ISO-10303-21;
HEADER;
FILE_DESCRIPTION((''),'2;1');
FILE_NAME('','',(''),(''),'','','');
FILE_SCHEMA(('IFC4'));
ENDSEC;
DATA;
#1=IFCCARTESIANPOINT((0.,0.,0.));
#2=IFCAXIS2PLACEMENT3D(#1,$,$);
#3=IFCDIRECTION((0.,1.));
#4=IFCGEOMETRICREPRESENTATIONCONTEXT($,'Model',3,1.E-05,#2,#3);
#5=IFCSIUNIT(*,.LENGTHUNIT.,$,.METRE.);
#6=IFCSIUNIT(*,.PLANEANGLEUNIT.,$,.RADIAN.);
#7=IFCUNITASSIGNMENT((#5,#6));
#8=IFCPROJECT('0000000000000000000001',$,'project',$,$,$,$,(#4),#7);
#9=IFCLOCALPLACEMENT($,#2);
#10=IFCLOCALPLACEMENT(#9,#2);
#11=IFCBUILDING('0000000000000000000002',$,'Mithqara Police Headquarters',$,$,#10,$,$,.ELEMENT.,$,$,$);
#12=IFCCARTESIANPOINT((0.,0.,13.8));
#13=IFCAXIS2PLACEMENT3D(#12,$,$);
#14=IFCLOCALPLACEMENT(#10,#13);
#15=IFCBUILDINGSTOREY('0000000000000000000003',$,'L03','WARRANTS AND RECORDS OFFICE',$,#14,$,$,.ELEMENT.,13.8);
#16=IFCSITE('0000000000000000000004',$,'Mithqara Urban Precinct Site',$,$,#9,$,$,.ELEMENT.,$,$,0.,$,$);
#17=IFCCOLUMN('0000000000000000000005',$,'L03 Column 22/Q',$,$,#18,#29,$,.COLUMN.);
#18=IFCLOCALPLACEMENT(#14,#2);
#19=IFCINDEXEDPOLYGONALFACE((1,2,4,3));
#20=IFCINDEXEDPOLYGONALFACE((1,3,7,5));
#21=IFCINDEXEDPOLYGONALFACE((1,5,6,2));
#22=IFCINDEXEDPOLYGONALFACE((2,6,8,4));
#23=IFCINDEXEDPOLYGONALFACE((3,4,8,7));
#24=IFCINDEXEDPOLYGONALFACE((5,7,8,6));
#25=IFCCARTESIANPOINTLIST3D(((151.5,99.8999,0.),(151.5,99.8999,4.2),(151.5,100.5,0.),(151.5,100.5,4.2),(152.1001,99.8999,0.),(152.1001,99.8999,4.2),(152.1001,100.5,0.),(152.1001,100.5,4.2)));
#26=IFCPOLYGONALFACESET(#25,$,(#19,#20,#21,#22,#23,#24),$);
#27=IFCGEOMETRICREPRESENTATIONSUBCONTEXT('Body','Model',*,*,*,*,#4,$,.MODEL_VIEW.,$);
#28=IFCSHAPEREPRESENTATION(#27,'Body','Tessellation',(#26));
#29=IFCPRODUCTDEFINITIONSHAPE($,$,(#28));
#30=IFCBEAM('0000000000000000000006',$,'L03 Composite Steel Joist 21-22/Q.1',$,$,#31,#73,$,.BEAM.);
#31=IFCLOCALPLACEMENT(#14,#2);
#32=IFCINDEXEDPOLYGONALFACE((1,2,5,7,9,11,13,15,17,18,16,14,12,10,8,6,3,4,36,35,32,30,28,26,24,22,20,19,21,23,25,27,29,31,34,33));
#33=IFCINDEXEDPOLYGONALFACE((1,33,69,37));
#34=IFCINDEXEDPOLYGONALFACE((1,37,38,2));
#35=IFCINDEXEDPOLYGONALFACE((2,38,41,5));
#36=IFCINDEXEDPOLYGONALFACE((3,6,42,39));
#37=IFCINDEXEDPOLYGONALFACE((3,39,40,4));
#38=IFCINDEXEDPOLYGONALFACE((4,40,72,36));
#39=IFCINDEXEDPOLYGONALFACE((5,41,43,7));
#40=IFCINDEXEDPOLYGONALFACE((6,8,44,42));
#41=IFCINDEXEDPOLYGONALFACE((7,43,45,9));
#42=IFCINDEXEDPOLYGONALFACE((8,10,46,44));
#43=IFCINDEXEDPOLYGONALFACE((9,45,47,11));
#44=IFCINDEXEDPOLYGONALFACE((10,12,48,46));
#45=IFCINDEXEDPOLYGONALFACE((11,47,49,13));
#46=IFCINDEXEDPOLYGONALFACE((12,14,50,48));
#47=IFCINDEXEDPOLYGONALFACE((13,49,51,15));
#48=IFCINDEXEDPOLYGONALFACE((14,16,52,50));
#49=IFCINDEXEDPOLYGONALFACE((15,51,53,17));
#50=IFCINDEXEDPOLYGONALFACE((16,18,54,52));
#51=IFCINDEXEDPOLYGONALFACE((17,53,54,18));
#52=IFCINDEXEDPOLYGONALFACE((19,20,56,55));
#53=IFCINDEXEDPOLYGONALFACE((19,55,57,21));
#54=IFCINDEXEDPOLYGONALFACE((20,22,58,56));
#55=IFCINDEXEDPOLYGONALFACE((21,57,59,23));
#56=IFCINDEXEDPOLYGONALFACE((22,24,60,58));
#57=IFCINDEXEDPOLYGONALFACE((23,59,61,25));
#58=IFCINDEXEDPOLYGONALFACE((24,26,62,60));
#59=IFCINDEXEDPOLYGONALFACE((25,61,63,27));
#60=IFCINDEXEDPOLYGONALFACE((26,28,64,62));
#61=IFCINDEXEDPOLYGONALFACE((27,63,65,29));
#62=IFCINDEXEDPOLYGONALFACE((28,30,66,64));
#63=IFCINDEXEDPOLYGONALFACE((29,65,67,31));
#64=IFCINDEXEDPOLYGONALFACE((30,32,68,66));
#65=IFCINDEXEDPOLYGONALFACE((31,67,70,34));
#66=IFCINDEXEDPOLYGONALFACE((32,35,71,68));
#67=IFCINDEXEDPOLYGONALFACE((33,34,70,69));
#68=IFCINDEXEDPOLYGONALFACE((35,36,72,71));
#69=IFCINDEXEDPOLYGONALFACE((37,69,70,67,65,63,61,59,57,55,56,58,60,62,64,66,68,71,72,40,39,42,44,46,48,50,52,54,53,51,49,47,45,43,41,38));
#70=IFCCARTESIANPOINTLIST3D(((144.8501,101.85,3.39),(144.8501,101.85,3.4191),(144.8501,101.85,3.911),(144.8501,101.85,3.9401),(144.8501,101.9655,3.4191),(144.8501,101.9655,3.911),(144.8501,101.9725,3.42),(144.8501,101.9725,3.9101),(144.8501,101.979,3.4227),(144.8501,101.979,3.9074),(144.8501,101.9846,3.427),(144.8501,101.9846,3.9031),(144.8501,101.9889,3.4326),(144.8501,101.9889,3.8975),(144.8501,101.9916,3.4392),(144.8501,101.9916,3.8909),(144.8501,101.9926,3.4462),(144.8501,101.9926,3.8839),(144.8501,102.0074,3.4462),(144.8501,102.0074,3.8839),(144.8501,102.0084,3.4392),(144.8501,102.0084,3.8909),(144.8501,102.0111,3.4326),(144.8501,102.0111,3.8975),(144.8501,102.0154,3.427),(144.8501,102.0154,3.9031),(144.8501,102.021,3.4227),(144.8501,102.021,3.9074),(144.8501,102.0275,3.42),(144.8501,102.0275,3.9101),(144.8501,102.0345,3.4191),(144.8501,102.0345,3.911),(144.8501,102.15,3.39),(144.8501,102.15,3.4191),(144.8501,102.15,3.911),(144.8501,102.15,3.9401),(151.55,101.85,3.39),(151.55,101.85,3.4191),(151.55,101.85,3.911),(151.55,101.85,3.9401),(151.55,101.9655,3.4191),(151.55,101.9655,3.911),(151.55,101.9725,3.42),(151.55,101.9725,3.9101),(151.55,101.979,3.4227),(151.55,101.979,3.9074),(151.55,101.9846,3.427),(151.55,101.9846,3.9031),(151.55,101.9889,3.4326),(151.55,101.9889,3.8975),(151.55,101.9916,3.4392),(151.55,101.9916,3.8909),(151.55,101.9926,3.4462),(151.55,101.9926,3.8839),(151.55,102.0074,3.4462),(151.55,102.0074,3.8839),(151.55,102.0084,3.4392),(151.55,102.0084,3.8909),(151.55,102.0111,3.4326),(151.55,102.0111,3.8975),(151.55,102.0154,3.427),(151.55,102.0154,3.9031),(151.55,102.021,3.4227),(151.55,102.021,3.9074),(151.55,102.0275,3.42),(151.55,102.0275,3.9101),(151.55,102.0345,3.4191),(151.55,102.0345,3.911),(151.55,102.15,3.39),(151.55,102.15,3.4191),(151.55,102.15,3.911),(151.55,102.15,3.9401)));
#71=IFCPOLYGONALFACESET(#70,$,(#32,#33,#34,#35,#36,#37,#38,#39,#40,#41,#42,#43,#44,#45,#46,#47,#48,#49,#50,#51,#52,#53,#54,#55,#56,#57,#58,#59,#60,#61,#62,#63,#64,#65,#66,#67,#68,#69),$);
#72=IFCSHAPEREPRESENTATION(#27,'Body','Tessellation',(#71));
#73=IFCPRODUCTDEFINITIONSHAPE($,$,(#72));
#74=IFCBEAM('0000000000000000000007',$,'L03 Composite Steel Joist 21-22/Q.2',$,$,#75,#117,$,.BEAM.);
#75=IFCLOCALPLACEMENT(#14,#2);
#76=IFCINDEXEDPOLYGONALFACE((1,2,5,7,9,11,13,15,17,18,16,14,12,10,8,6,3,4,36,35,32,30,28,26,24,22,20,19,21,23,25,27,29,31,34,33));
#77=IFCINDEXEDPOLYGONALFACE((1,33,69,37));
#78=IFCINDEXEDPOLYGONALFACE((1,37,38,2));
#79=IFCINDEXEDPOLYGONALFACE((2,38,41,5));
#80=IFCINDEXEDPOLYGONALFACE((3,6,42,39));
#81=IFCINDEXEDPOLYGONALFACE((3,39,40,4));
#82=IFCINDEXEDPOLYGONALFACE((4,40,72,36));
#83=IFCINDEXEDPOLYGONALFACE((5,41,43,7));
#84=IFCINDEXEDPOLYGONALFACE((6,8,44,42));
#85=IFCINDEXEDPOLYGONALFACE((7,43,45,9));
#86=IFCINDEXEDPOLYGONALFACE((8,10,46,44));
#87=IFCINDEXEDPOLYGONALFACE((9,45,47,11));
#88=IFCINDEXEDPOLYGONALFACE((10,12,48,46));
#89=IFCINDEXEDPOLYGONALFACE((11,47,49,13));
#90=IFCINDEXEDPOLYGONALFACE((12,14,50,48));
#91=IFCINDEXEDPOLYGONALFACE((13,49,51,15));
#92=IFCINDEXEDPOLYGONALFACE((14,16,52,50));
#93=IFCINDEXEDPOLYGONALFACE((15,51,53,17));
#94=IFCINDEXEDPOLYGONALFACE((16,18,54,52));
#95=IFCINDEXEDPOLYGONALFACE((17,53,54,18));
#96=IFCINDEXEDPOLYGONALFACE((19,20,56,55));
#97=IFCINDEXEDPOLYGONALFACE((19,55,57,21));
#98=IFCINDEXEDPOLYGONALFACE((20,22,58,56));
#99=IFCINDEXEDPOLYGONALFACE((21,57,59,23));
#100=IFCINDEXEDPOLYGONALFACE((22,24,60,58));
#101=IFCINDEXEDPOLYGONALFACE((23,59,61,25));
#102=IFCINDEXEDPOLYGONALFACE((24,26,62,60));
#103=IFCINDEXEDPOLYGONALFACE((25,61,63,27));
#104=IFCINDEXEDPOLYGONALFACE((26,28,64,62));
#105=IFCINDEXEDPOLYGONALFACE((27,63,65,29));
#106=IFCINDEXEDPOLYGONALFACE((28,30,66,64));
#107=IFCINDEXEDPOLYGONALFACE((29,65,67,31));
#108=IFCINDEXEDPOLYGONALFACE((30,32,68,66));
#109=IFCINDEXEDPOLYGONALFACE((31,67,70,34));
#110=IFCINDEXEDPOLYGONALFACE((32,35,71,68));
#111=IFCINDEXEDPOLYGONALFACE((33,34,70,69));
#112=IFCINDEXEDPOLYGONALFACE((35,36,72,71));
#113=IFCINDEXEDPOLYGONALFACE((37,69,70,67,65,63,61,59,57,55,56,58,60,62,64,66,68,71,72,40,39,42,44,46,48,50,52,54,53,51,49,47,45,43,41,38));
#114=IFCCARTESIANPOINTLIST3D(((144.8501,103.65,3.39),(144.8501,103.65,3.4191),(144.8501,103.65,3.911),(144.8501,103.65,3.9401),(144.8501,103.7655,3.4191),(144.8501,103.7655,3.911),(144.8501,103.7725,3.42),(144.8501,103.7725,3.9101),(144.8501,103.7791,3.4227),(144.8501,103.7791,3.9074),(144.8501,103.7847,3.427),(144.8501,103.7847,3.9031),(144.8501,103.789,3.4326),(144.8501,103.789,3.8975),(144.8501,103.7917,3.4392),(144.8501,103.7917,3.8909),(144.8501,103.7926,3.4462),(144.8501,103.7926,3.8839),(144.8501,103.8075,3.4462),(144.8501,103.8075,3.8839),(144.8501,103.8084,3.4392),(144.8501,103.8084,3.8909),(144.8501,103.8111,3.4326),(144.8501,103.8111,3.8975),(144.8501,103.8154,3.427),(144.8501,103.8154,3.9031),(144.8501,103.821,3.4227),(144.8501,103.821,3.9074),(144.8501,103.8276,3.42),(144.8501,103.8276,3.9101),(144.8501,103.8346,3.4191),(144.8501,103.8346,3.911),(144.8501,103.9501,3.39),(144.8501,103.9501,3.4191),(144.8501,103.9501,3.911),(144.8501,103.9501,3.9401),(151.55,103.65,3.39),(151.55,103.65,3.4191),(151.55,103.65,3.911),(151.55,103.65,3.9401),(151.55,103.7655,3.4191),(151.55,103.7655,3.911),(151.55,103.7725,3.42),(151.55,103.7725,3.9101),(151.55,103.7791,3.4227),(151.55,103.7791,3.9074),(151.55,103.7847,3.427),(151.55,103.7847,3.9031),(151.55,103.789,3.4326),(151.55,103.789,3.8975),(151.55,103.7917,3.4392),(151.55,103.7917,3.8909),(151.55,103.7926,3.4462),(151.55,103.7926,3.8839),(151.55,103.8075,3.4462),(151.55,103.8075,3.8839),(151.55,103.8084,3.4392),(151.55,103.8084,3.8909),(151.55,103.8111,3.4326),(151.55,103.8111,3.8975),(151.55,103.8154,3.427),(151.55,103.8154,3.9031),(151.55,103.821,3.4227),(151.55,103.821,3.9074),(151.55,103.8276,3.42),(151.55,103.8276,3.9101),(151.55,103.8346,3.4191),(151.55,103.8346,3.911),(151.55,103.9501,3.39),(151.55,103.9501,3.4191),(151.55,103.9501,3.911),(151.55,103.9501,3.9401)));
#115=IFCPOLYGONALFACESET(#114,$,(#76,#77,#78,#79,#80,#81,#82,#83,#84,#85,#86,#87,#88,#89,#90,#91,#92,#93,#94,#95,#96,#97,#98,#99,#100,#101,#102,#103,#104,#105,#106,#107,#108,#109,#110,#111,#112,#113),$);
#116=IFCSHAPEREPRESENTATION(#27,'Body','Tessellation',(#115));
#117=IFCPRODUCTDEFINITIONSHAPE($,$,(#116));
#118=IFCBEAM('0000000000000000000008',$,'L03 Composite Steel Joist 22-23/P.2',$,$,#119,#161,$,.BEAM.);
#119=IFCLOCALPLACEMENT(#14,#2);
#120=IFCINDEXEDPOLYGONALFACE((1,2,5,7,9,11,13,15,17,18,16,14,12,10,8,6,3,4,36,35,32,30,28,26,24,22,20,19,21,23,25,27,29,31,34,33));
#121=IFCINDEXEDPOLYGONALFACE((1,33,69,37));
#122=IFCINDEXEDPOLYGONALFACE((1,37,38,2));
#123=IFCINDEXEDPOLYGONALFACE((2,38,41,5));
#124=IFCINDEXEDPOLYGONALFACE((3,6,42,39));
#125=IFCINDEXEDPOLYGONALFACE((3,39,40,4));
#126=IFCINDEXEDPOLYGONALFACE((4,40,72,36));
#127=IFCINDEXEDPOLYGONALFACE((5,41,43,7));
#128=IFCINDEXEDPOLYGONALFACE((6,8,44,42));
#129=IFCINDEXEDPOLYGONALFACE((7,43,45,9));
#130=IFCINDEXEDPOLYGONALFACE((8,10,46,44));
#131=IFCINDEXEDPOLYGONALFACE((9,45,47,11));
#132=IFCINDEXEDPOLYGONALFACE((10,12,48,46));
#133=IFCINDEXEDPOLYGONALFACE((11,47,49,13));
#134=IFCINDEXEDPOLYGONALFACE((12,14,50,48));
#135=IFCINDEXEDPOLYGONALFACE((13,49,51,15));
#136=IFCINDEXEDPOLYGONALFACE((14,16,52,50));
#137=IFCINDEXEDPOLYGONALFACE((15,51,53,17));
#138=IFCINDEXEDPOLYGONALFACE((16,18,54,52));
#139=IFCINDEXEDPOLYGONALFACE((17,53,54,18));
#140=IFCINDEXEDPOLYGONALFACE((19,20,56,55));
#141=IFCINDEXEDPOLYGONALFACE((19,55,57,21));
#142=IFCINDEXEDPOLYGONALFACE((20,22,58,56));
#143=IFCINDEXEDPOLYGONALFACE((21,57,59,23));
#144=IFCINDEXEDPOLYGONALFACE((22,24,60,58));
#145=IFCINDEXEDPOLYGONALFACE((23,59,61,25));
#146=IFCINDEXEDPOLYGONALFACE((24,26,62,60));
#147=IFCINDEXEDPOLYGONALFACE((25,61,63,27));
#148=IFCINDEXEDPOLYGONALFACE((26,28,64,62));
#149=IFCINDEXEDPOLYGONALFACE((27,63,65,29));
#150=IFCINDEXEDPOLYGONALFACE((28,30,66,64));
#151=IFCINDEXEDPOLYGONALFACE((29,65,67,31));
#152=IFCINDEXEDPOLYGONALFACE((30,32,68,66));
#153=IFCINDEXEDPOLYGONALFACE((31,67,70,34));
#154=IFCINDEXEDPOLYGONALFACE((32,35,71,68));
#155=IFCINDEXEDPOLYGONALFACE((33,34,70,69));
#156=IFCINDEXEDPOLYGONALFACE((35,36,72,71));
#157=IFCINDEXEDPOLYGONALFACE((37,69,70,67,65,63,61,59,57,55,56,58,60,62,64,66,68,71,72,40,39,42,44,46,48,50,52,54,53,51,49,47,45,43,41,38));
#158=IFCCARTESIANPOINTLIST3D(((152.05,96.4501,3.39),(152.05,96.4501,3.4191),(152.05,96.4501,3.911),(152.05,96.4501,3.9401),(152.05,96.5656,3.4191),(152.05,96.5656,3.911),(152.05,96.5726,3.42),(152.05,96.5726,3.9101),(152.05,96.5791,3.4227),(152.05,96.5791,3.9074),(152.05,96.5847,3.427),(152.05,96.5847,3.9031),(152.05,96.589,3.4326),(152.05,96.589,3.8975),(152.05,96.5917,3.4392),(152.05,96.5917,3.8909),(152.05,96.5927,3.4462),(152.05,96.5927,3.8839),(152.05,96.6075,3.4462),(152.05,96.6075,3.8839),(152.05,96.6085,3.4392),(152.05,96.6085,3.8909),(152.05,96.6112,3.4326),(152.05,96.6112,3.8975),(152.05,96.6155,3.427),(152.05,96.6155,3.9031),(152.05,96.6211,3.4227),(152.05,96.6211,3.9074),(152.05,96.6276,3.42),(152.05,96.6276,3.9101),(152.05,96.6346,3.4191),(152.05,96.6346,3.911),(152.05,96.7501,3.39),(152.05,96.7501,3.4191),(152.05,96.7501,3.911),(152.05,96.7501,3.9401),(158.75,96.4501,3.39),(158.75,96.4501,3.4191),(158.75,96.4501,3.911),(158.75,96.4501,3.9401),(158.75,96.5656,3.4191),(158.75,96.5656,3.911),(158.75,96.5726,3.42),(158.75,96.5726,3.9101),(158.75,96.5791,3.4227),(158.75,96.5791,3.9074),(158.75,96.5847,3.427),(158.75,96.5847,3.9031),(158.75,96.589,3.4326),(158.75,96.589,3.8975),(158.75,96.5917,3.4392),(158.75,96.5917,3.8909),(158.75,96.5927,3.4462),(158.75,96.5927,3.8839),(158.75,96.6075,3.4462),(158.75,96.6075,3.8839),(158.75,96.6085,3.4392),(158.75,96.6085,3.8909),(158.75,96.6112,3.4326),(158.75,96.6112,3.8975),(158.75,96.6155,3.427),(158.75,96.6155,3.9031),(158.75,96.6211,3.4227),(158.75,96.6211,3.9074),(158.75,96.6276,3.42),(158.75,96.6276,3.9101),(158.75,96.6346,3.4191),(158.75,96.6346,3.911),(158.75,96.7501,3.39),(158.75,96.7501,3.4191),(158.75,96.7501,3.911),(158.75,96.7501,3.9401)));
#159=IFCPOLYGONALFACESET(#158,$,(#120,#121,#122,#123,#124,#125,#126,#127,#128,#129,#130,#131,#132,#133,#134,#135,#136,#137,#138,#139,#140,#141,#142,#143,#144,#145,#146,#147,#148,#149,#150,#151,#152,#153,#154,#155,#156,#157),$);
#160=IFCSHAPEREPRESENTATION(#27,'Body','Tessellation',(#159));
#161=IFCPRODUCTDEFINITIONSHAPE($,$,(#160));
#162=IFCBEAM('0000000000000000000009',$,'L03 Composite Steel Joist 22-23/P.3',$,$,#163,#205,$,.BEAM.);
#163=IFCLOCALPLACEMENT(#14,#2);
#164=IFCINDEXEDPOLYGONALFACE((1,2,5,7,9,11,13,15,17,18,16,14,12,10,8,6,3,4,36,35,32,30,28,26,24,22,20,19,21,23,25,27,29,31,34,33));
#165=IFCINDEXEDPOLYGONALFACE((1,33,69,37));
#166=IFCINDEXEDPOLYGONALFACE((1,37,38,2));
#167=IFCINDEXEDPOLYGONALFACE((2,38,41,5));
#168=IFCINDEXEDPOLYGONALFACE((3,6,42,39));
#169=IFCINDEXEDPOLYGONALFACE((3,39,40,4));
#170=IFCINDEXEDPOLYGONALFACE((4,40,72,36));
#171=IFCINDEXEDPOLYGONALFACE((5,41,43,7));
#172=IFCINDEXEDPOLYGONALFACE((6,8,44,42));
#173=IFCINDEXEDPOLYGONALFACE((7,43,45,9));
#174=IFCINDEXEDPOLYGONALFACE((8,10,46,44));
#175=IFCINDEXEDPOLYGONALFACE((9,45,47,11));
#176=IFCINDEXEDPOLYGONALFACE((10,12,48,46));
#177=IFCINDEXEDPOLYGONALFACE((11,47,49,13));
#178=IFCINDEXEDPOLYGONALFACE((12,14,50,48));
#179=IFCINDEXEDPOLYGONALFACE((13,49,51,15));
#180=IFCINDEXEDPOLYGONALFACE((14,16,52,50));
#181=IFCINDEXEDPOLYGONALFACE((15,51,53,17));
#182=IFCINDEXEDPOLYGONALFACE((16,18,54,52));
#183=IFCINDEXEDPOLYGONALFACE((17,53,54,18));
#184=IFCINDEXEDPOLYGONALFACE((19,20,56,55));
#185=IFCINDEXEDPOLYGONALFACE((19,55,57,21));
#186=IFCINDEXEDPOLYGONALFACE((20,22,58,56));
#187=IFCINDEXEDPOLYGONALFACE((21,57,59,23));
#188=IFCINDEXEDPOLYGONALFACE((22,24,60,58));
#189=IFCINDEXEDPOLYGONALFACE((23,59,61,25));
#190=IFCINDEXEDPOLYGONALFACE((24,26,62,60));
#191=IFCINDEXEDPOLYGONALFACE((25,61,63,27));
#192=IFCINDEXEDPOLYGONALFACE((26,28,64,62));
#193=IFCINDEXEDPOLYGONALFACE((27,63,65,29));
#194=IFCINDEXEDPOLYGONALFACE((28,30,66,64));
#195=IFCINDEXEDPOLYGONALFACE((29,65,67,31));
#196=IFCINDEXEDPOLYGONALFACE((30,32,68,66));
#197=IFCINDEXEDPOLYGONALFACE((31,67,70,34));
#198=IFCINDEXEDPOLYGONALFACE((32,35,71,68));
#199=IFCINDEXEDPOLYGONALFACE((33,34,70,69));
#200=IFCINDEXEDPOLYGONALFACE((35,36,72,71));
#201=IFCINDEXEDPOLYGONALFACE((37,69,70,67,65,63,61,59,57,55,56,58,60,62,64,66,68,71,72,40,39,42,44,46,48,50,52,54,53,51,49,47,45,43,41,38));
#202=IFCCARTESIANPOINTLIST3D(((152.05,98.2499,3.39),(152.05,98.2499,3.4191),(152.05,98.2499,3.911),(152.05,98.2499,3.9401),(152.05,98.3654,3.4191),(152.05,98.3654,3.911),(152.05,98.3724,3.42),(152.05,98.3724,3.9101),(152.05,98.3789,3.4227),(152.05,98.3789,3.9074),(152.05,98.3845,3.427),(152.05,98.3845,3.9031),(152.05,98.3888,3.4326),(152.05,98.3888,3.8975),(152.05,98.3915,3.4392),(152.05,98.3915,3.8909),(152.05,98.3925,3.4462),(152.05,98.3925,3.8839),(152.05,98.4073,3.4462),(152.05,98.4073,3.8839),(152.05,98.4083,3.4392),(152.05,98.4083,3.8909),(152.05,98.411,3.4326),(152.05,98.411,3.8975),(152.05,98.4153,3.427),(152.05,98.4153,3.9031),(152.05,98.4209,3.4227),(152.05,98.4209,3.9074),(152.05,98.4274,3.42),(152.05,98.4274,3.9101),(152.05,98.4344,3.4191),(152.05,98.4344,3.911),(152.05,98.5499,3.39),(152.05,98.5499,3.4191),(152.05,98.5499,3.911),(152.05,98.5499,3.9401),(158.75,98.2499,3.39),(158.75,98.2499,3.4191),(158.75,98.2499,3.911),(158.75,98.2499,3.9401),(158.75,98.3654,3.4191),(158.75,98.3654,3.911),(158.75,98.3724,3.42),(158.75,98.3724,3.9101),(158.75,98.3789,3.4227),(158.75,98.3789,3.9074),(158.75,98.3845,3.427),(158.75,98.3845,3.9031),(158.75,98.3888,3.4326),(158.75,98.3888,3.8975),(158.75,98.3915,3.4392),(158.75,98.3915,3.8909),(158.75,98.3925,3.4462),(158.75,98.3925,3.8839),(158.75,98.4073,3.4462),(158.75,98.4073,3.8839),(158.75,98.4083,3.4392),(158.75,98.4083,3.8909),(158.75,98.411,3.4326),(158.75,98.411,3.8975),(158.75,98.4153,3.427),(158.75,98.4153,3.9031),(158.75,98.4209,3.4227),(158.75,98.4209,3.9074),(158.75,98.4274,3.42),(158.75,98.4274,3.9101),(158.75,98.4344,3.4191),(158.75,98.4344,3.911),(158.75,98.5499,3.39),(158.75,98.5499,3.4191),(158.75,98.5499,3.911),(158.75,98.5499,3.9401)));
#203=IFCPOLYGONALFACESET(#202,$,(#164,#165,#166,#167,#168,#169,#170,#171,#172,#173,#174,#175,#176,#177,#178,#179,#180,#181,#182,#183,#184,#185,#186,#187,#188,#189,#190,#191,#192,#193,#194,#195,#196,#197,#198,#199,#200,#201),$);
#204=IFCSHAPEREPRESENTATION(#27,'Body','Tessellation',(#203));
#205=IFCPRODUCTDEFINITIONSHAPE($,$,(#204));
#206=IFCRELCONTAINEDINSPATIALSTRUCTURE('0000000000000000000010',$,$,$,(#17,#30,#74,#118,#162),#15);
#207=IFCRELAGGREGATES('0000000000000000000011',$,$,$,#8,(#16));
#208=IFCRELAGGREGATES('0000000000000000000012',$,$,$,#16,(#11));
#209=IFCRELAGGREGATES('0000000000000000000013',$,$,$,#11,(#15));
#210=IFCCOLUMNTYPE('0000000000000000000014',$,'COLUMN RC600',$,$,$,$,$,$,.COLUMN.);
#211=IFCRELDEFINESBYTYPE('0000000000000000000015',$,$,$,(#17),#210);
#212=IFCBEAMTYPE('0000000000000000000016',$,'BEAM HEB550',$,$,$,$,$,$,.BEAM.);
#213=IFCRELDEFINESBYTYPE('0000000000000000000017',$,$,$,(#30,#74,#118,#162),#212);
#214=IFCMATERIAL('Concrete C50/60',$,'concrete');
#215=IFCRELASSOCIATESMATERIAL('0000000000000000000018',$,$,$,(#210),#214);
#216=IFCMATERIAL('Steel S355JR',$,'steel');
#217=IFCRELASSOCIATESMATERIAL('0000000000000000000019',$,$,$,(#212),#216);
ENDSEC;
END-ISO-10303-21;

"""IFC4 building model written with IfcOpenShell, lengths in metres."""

from ifc_helpers import new_model, si_unit, direction, frame, origin, origin_2d, place, context, subcontext, project, spatial, rectangle, i_section, extrude, material, material_profile, profile_set, type_object, element, save


model = new_model("IFC4")

# Units and contexts
model_context = context("Model", 3, precision=1e-05, world=origin(), true_north=direction((0.0, 1.0)))
body_context = subcontext(model_context, "Body", "Model", "MODEL_VIEW")
ifc_project = project(units=[si_unit("LENGTHUNIT", "METRE"), si_unit("PLANEANGLEUNIT", "RADIAN")], contexts=[model_context])

# Site, building, storey
site_placement = place(None, origin())
site = spatial("IfcSite", under=ifc_project, at=site_placement, Name="Mithqara Urban Precinct Site", CompositionType="ELEMENT", RefElevation=0.0)
building_placement = place(site_placement, origin())
building = spatial("IfcBuilding", under=site, at=building_placement, Name="Mithqara Police Headquarters", CompositionType="ELEMENT")
storey_placement = place(building_placement, frame((0.0, 0.0, 13.8)))
storey = spatial("IfcBuildingStorey", under=building, at=storey_placement, Name="L03", Description="WARRANTS AND RECORDS OFFICE", CompositionType="ELEMENT", Elevation=13.8)

# Column
ifc_material_1 = material(Name="Concrete C50/60", Category="concrete")
ifc_material_profile_1 = material_profile(ifc_material_1, rectangle(XDim=0.6001, YDim=0.6001, at=origin_2d()), Name="RC 600x600")
ifc_profile_set_1 = profile_set([ifc_material_profile_1], Name="Concrete C50/60")
column_type = type_object("IfcColumnType", Name="COLUMN RC600", PredefinedType="COLUMN", material=ifc_profile_set_1)
column_placement = place(storey_placement, frame((151.8, 100.2, 0.0), z_axis=(0.0, 0.0, 1.0), x_axis=(1.0, 0.0, 0.0)))
element("IfcColumn", 1, at=column_placement, inside=storey, type_object=column_type, Name="L03 Column 22/Q", PredefinedType="COLUMN", context=body_context, shape_type="SweptSolid", body=[
    extrude(rectangle(XDim=0.6001, YDim=0.6001, at=origin_2d()), origin(), (0.0, 0.0, 1.0), 4.2),
])

# Beams
ifc_material_2 = material(Name="Steel S355JR", Category="steel")
ifc_material_profile_2 = material_profile(ifc_material_2, i_section(OverallWidth=0.3, OverallDepth=0.55, WebThickness=0.0149, FlangeThickness=0.0291, FilletRadius=0.0271, at=origin_2d()), Name="HEB 550")
ifc_profile_set_2 = profile_set([ifc_material_profile_2], Name="Steel S355JR")
beam_type_1 = type_object("IfcBeamType", Name="BEAM HEB550", PredefinedType="BEAM", material=ifc_profile_set_2)
for number, where, z_axis, x_axis, name in (
    (2, (144.8501, 102.0, 3.665), (1.0, 0.0, 0.0), (0.0, 1.0, 0.0), "L03 Composite Steel Joist 21-22/Q.1"),
    (3, (144.8501, 103.8, 3.665), (1.0, 0.0, 0.0), (0.0, 1.0, 0.0), "L03 Composite Steel Joist 21-22/Q.2"),
    (4, (152.05, 96.6001, 3.665), (1.0, 0.0, 0.0), (0.0, 1.0, 0.0), "L03 Composite Steel Joist 22-23/P.2"),
    (5, (152.05, 98.3999, 3.665), (1.0, 0.0, 0.0), (0.0, 1.0, 0.0), "L03 Composite Steel Joist 22-23/P.3"),
):
    element("IfcBeam", number, at=place(storey_placement, frame(where, z_axis=z_axis, x_axis=x_axis)), inside=storey, type_object=beam_type_1, Name=name, PredefinedType="BEAM", context=body_context, shape_type="SweptSolid", body=[
        extrude(i_section(OverallWidth=0.3, OverallDepth=0.55, WebThickness=0.0149, FlangeThickness=0.0291, FilletRadius=0.0271, at=origin_2d()), origin(), (0.0, 0.0, 1.0), 6.7),
    ])

save(model, "model.ifc")
